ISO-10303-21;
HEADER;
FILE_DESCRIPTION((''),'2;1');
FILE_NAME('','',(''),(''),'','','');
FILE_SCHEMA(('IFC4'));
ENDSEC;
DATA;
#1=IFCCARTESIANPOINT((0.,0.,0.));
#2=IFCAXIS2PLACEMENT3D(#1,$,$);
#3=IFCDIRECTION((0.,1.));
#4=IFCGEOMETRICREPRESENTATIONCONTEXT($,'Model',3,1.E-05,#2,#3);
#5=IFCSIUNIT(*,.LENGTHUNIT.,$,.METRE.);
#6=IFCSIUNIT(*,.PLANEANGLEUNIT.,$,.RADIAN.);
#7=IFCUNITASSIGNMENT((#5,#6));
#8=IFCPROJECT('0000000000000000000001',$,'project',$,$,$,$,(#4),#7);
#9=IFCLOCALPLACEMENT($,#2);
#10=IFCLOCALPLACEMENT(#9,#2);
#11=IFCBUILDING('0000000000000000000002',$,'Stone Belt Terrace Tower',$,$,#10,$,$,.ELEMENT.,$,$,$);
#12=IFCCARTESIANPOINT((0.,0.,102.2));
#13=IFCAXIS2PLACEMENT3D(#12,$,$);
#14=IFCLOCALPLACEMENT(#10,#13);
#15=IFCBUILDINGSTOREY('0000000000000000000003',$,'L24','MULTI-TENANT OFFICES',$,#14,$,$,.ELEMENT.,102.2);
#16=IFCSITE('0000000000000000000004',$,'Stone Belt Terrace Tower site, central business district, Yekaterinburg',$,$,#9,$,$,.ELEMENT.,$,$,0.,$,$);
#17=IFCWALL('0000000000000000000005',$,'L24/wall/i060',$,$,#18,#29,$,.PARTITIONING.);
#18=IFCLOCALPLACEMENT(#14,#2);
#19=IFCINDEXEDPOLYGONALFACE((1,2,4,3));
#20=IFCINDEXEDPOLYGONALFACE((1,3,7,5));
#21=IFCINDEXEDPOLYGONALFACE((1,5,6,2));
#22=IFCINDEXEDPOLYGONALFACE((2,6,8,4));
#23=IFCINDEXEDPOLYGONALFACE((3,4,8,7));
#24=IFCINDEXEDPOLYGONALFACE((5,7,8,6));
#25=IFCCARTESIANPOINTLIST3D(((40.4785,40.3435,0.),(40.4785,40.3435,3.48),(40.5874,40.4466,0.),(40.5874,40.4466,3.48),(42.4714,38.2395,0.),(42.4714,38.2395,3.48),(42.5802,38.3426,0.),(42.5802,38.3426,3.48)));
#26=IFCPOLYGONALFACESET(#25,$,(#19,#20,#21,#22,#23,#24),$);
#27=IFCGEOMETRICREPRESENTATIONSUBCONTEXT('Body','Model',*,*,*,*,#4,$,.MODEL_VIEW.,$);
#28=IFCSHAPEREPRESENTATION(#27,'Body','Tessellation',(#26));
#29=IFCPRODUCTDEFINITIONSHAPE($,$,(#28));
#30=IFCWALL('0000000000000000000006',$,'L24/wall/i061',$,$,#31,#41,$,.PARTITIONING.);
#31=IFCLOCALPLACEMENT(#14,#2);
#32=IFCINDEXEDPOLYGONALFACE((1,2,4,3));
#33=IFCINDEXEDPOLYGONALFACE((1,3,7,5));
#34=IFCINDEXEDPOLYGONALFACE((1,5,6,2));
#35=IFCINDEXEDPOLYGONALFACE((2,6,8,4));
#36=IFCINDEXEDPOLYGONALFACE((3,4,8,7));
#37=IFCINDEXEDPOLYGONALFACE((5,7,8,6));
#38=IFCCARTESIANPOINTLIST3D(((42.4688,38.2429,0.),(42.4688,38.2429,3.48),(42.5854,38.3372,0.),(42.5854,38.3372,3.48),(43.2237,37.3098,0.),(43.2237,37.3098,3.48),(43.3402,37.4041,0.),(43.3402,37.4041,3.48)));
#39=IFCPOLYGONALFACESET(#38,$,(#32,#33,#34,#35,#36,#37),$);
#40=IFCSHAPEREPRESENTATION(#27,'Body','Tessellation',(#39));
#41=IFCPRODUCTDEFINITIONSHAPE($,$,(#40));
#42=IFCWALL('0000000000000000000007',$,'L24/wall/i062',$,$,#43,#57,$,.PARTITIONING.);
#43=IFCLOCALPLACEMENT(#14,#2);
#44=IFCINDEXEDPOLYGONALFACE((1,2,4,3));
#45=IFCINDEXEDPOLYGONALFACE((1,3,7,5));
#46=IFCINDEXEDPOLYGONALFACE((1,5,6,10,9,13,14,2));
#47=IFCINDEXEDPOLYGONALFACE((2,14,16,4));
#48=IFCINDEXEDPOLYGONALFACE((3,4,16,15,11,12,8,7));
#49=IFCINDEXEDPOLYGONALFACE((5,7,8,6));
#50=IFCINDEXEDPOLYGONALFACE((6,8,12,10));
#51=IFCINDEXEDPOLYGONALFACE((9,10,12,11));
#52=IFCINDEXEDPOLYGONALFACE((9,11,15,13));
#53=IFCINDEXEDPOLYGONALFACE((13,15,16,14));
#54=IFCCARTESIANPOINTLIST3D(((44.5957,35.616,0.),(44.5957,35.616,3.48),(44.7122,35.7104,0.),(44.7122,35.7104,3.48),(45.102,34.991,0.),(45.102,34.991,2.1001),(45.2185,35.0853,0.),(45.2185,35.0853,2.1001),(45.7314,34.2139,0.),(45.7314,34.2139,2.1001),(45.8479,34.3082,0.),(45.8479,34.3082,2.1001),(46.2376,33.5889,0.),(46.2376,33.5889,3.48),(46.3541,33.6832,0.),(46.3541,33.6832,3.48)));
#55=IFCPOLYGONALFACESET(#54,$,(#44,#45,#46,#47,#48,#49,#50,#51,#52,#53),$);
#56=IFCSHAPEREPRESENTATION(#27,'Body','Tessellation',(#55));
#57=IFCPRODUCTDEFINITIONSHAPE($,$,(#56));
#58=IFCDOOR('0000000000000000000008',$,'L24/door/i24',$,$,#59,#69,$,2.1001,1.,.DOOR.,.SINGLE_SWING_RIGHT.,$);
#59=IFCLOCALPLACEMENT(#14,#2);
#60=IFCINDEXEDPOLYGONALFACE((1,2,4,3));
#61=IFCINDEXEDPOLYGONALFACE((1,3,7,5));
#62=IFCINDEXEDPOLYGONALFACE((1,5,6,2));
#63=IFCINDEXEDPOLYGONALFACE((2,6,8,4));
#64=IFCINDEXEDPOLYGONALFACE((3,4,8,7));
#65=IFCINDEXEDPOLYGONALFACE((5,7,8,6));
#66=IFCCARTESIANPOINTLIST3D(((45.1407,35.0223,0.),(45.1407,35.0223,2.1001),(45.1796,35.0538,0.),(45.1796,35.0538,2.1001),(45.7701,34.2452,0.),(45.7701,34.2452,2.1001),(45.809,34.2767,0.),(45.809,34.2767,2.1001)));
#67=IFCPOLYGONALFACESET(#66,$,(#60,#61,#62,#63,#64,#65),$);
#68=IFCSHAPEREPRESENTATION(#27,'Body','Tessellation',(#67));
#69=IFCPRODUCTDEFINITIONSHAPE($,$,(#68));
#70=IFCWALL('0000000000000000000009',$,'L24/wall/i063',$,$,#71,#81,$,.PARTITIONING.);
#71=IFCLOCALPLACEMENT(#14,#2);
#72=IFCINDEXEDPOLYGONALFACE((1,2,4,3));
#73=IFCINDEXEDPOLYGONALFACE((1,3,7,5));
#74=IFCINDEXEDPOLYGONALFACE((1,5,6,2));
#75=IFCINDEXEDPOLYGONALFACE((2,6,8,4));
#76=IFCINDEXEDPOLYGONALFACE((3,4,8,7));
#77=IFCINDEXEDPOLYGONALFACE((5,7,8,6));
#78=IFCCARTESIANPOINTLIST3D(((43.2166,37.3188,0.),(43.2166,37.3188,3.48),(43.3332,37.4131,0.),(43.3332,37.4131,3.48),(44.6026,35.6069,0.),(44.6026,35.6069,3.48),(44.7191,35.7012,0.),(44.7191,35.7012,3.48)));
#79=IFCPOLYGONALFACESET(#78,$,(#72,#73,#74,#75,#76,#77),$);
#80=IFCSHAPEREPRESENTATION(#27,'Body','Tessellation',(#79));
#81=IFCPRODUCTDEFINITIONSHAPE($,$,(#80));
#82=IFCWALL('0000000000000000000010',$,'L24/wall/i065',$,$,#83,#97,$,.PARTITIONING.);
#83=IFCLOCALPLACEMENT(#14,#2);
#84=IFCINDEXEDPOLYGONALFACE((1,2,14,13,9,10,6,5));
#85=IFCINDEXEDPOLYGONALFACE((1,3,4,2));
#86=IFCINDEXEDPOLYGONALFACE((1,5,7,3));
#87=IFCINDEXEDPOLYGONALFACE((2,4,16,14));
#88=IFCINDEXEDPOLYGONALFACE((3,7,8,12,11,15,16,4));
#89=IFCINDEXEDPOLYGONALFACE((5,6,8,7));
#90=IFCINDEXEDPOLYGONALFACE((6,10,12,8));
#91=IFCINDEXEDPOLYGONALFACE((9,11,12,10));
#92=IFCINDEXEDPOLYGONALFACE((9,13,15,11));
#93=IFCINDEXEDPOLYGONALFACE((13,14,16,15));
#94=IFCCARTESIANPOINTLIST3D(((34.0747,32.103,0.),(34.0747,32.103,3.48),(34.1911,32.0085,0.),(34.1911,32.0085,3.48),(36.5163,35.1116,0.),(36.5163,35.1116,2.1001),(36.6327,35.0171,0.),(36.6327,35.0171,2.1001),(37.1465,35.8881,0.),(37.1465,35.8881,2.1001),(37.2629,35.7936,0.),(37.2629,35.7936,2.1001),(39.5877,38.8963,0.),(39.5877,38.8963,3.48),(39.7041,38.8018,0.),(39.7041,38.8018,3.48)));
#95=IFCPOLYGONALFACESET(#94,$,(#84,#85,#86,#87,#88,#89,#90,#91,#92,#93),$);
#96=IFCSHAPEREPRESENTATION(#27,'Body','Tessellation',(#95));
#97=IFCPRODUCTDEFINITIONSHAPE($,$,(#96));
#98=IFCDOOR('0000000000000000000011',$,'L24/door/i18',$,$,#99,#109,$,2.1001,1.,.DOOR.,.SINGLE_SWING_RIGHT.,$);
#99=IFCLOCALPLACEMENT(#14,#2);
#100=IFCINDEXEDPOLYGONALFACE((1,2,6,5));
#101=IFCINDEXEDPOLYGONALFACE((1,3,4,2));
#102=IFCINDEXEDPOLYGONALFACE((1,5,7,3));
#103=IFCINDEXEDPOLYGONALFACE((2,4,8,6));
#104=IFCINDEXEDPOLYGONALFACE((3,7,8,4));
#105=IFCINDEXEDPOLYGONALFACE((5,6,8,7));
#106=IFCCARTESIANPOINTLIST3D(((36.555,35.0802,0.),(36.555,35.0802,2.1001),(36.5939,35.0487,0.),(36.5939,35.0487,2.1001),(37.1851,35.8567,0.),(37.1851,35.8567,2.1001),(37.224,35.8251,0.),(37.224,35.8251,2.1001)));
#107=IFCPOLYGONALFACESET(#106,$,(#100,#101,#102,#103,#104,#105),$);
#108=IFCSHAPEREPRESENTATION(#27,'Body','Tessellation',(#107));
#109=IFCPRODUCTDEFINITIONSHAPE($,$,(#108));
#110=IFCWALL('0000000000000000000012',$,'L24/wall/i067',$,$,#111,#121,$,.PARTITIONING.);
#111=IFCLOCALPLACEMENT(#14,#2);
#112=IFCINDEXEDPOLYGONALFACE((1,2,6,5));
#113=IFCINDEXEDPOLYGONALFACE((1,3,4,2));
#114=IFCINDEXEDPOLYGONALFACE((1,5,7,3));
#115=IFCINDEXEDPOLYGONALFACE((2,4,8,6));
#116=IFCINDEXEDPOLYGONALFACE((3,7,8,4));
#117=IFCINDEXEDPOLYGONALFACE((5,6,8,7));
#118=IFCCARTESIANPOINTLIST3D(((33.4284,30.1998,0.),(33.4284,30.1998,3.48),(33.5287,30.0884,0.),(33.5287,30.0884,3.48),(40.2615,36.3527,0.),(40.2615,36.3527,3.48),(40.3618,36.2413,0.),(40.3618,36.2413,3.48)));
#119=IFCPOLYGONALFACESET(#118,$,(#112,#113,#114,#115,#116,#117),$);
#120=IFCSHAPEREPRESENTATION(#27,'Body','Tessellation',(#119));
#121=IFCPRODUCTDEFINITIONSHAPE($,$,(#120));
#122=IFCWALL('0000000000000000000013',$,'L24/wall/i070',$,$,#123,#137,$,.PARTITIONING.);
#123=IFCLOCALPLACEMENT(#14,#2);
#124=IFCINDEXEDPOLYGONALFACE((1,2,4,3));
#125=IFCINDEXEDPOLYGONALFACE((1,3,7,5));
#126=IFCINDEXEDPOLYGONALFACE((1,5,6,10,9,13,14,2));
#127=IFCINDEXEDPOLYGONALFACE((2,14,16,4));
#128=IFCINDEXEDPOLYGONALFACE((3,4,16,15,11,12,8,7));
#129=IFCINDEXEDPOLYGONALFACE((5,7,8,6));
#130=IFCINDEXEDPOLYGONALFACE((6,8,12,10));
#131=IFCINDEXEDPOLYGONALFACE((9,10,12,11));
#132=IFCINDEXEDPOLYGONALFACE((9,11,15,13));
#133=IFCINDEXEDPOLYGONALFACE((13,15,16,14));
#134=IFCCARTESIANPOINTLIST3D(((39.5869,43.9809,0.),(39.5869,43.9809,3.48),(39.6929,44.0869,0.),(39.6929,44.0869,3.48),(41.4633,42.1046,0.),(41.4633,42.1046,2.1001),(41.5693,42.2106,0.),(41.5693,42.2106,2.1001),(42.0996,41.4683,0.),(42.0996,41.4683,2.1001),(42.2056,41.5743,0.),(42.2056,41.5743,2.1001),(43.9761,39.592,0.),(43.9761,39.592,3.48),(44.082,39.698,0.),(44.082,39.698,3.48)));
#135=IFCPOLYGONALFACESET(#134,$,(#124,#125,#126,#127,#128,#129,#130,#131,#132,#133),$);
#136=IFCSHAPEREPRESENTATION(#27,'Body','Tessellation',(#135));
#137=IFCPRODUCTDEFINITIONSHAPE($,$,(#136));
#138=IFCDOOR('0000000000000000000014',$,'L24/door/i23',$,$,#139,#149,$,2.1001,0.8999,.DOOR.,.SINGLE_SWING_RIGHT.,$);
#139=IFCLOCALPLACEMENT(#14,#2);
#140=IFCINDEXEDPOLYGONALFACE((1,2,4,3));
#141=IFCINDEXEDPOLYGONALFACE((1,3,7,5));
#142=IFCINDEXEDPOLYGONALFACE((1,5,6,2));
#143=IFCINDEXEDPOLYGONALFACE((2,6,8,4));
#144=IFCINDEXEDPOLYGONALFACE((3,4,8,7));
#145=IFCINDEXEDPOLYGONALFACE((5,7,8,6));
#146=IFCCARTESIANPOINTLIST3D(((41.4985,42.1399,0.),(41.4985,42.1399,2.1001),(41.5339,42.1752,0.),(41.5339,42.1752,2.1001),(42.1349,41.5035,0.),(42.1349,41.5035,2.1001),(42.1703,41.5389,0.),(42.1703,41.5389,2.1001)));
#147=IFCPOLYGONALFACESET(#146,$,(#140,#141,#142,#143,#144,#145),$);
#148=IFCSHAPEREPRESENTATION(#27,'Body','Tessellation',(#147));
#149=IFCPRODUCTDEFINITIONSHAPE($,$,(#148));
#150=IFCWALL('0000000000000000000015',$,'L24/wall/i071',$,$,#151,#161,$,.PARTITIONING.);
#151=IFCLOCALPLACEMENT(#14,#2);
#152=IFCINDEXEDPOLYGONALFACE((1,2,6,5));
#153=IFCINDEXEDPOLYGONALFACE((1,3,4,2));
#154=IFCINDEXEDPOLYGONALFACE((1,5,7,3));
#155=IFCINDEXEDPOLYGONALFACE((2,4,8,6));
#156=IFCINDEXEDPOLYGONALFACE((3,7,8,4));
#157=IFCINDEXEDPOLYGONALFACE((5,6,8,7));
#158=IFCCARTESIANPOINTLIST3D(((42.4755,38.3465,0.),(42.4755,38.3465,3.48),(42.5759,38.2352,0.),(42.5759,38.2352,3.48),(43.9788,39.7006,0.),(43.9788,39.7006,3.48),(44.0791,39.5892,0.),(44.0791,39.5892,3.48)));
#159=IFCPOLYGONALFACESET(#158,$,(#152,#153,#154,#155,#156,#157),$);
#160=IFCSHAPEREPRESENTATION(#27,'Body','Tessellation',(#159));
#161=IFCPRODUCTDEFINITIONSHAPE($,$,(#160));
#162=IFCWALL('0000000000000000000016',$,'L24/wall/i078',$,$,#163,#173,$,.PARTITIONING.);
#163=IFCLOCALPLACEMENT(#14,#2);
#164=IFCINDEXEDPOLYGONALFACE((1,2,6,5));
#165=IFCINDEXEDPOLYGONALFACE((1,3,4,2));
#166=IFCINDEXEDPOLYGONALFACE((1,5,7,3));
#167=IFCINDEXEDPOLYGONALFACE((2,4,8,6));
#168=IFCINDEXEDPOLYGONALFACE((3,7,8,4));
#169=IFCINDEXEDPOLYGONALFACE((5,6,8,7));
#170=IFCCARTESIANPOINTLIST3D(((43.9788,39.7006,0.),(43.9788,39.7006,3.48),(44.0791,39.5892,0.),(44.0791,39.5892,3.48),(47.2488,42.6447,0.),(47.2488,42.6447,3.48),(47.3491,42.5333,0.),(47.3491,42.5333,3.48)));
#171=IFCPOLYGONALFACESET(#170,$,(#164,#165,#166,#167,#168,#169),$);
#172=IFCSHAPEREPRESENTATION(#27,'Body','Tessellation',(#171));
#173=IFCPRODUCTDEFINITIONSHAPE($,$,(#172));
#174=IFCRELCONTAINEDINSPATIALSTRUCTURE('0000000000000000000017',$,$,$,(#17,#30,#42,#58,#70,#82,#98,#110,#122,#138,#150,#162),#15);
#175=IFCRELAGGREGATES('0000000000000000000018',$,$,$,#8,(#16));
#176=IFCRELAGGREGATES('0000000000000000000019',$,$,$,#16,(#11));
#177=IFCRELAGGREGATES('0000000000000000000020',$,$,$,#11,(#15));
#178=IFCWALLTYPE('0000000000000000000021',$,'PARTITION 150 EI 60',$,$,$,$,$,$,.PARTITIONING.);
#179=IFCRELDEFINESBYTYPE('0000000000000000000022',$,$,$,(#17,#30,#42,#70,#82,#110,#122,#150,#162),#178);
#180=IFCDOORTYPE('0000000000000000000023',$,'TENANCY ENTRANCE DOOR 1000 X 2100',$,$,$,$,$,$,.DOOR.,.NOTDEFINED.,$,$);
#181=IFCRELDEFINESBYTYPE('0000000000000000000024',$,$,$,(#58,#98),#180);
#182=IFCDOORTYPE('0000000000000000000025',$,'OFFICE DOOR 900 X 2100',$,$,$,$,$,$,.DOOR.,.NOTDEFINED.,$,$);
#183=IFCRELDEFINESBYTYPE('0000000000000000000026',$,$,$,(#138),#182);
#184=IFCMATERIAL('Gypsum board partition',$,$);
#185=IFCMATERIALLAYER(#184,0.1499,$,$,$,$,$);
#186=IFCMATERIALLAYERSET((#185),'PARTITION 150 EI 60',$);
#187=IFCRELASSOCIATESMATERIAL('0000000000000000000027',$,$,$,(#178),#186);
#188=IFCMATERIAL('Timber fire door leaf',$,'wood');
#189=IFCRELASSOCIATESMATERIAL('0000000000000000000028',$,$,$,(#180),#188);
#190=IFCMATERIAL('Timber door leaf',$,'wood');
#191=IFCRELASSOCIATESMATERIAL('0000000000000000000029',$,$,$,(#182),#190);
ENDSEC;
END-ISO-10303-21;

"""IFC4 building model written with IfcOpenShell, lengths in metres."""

from ifc_helpers import new_model, si_unit, direction, frame, frame_2d, origin, place, context, subcontext, project, spatial, rectangle, extrude, material, layer, layer_set, type_object, element, fill, save


model = new_model("IFC4")

# Units and contexts
model_context = context("Model", 3, precision=1e-05, world=origin(), true_north=direction((0.0, 1.0)))
body_context = subcontext(model_context, "Body", "Model", "MODEL_VIEW")
ifc_project = project(units=[si_unit("LENGTHUNIT", "METRE"), si_unit("PLANEANGLEUNIT", "RADIAN")], contexts=[model_context])

# Site, building, storey
site_placement = place(None, origin())
site = spatial("IfcSite", under=ifc_project, at=site_placement, Name="Stone Belt Terrace Tower site, central business district, Yekaterinburg", CompositionType="ELEMENT", RefElevation=0.0)
building_placement = place(site_placement, origin())
building = spatial("IfcBuilding", under=site, at=building_placement, Name="Stone Belt Terrace Tower", CompositionType="ELEMENT")
storey_placement = place(building_placement, frame((0.0, 0.0, 102.2)))
storey = spatial("IfcBuildingStorey", under=building, at=storey_placement, Name="L24", Description="MULTI-TENANT OFFICES", CompositionType="ELEMENT", Elevation=102.2)

# Walls
ifc_material_1 = material(Name="Gypsum board partition")
ifc_layer_1 = layer(ifc_material_1, 0.1499)
ifc_layer_set_1 = layer_set([ifc_layer_1], Name="PARTITION 150 EI 60")
wall_type_1 = type_object("IfcWallType", Name="PARTITION 150 EI 60", PredefinedType="PARTITIONING", material=ifc_layer_set_1)
wall_1_placement = place(storey_placement, frame((40.533, 40.395, 0.0), z_axis=(0.0, 0.0, 1.0), x_axis=(0.687682, -0.726012, 0.0)))
element("IfcWall", 1, at=wall_1_placement, inside=storey, type_object=wall_type_1, Name="L24/wall/i060", PredefinedType="PARTITIONING", context=body_context, shape_type="SweptSolid", body=[
    extrude(rectangle(XDim=2.8979, YDim=0.1499, at=frame_2d((1.449, 0.0))), origin(), (0.0, 0.0, 1.0), 3.48),
])
wall_2_placement = place(storey_placement, frame((42.5271, 38.29, 0.0), z_axis=(0.0, 0.0, 1.0), x_axis=(0.628952, -0.777444, 0.0)))
element("IfcWall", 2, at=wall_2_placement, inside=storey, type_object=wall_type_1, Name="L24/wall/i061", PredefinedType="PARTITIONING", context=body_context, shape_type="SweptSolid", body=[
    extrude(rectangle(XDim=1.2002, YDim=0.1499, at=frame_2d((0.6001, 0.0))), origin(), (0.0, 0.0, 1.0), 3.48),
])

# Wall, opening, door
wall_3_placement = place(storey_placement, frame((44.6541, 35.6631, 0.0), z_axis=(0.0, 0.0, 1.0), x_axis=(0.629397, -0.777084, 0.0)))
wall_3 = element("IfcWall", 3, at=wall_3_placement, inside=storey, type_object=wall_type_1, Name="L24/wall/i062", PredefinedType="PARTITIONING", context=body_context, shape_type="SweptSolid", body=[
    extrude(rectangle(XDim=2.6086, YDim=0.1499, at=frame_2d((1.3042, 0.0))), origin(), (0.0, 0.0, 1.0), 3.48),
])
opening_1_placement = place(wall_3_placement, frame((0.8042, 0.0, 0.0)))
opening_1 = element("IfcOpeningElement", 4, at=opening_1_placement, cuts=wall_3, PredefinedType="OPENING", context=body_context, shape_type="SweptSolid", body=[
    extrude(rectangle(XDim=1.0, YDim=2.1001, at=frame_2d((0.5, 1.05))), frame((0.0, 0.085, 0.0), z_axis=(0.0, -1.0, 0.0), x_axis=(1.0, 0.0, 0.0)), (0.0, 0.0, 1.0), 0.1699),
])
ifc_material_2 = material(Name="Timber fire door leaf", Category="wood")
door_type_1 = type_object("IfcDoorType", Name="TENANCY ENTRANCE DOOR 1000 X 2100", OperationType="NOTDEFINED", PredefinedType="DOOR", material=ifc_material_2)
door_1_placement = place(opening_1_placement, origin())
door_1 = element("IfcDoor", 5, at=door_1_placement, inside=storey, type_object=door_type_1, Name="L24/door/i24", OperationType="SINGLE_SWING_RIGHT", OverallHeight=2.1001, OverallWidth=1.0, PredefinedType="DOOR", context=body_context, shape_type="SweptSolid", body=[
    extrude(rectangle(XDim=1.0, YDim=2.1001, at=frame_2d((0.5, 1.05))), frame((0.0, 0.0249, 0.0), z_axis=(0.0, -1.0, 0.0), x_axis=(1.0, 0.0, 0.0)), (0.0, 0.0, 1.0), 0.05),
])
fill(opening_1, door_1)

# Wall
wall_4_placement = place(storey_placement, frame((43.2749, 37.366, 0.0), z_axis=(0.0, 0.0, 1.0), x_axis=(0.62924, -0.777211, 0.0)))
element("IfcWall", 6, at=wall_4_placement, inside=storey, type_object=wall_type_1, Name="L24/wall/i063", PredefinedType="PARTITIONING", context=body_context, shape_type="SweptSolid", body=[
    extrude(rectangle(XDim=2.2026, YDim=0.1499, at=frame_2d((1.1013, 0.0))), origin(), (0.0, 0.0, 1.0), 3.48),
])

# Wall, opening, door
wall_5_placement = place(storey_placement, frame((39.646, 38.8491, 0.0), z_axis=(0.0, 0.0, 1.0), x_axis=(-0.630142, -0.77648, 0.0)))
wall_5 = element("IfcWall", 7, at=wall_5_placement, inside=storey, type_object=wall_type_1, Name="L24/wall/i065", PredefinedType="PARTITIONING", context=body_context, shape_type="SweptSolid", body=[
    extrude(rectangle(XDim=8.7488, YDim=0.1499, at=frame_2d((4.3745, 0.0))), origin(), (0.0, 0.0, 1.0), 3.48),
])
opening_2_placement = place(wall_5_placement, frame((3.8743, 0.0, 0.0)))
opening_2 = element("IfcOpeningElement", 8, at=opening_2_placement, cuts=wall_5, PredefinedType="OPENING", context=body_context, shape_type="SweptSolid", body=[
    extrude(rectangle(XDim=1.0, YDim=2.1001, at=frame_2d((0.5, 1.05))), frame((0.0, 0.085, 0.0), z_axis=(0.0, -1.0, 0.0), x_axis=(1.0, 0.0, 0.0)), (0.0, 0.0, 1.0), 0.1699),
])
door_2_placement = place(opening_2_placement, origin())
door_2 = element("IfcDoor", 9, at=door_2_placement, inside=storey, type_object=door_type_1, Name="L24/door/i18", OperationType="SINGLE_SWING_RIGHT", OverallHeight=2.1001, OverallWidth=1.0, PredefinedType="DOOR", context=body_context, shape_type="SweptSolid", body=[
    extrude(rectangle(XDim=1.0, YDim=2.1001, at=frame_2d((0.5, 1.05))), frame((0.0, 0.0249, 0.0), z_axis=(0.0, -1.0, 0.0), x_axis=(1.0, 0.0, 0.0)), (0.0, 0.0, 1.0), 0.05),
])
fill(opening_2, door_2)

# Wall
wall_6_placement = place(storey_placement, frame((40.3118, 36.2971, 0.0), z_axis=(0.0, 0.0, 1.0), x_axis=(-0.743125, -0.669152, 0.0)))
element("IfcWall", 10, at=wall_6_placement, inside=storey, type_object=wall_type_1, Name="L24/wall/i067", PredefinedType="PARTITIONING", context=body_context, shape_type="SweptSolid", body=[
    extrude(rectangle(XDim=9.1951, YDim=0.1499, at=frame_2d((4.5977, 0.0))), origin(), (0.0, 0.0, 1.0), 3.48),
])

# Wall, opening, door
wall_7_placement = place(storey_placement, frame((39.6399, 44.0339, 0.0), z_axis=(0.0, 0.0, 1.0), x_axis=(0.707126, -0.707087, 0.0)))
wall_7 = element("IfcWall", 11, at=wall_7_placement, inside=storey, type_object=wall_type_1, Name="L24/wall/i070", PredefinedType="PARTITIONING", context=body_context, shape_type="SweptSolid", body=[
    extrude(rectangle(XDim=6.207, YDim=0.1499, at=frame_2d((3.1035, 0.0))), origin(), (0.0, 0.0, 1.0), 3.48),
])
opening_3_placement = place(wall_7_placement, frame((2.6536, 0.0, 0.0)))
opening_3 = element("IfcOpeningElement", 12, at=opening_3_placement, cuts=wall_7, PredefinedType="OPENING", context=body_context, shape_type="SweptSolid", body=[
    extrude(rectangle(XDim=0.8999, YDim=2.1001, at=frame_2d((0.45, 1.05))), frame((0.0, 0.085, 0.0), z_axis=(0.0, -1.0, 0.0), x_axis=(1.0, 0.0, 0.0)), (0.0, 0.0, 1.0), 0.1699),
])
ifc_material_3 = material(Name="Timber door leaf", Category="wood")
door_type_2 = type_object("IfcDoorType", Name="OFFICE DOOR 900 X 2100", OperationType="NOTDEFINED", PredefinedType="DOOR", material=ifc_material_3)
door_3_placement = place(opening_3_placement, origin())
door_3 = element("IfcDoor", 13, at=door_3_placement, inside=storey, type_object=door_type_2, Name="L24/door/i23", OperationType="SINGLE_SWING_RIGHT", OverallHeight=2.1001, OverallWidth=0.8999, PredefinedType="DOOR", context=body_context, shape_type="SweptSolid", body=[
    extrude(rectangle(XDim=0.8999, YDim=2.1001, at=frame_2d((0.45, 1.05))), frame((0.0, 0.0249, 0.0), z_axis=(0.0, -1.0, 0.0), x_axis=(1.0, 0.0, 0.0)), (0.0, 0.0, 1.0), 0.05),
])
fill(opening_3, door_3)

# Walls
wall_8_placement = place(storey_placement, frame((44.0291, 39.645, 0.0), z_axis=(0.0, 0.0, 1.0), x_axis=(-0.743012, -0.669278, 0.0)))
element("IfcWall", 14, at=wall_8_placement, inside=storey, type_object=wall_type_1, Name="L24/wall/i071", PredefinedType="PARTITIONING", context=body_context, shape_type="SweptSolid", body=[
    extrude(rectangle(XDim=2.0232, YDim=0.1499, at=frame_2d((1.0117, 0.0))), origin(), (0.0, 0.0, 1.0), 3.48),
])
wall_9_placement = place(storey_placement, frame((47.2991, 42.5891, 0.0), z_axis=(0.0, 0.0, 1.0), x_axis=(-0.743173, -0.6691, 0.0)))
element("IfcWall", 15, at=wall_9_placement, inside=storey, type_object=wall_type_1, Name="L24/wall/i078", PredefinedType="PARTITIONING", context=body_context, shape_type="SweptSolid", body=[
    extrude(rectangle(XDim=4.4001, YDim=0.1499, at=frame_2d((2.2002, 0.0))), origin(), (0.0, 0.0, 1.0), 3.48),
])

save(model, "model.ifc")
